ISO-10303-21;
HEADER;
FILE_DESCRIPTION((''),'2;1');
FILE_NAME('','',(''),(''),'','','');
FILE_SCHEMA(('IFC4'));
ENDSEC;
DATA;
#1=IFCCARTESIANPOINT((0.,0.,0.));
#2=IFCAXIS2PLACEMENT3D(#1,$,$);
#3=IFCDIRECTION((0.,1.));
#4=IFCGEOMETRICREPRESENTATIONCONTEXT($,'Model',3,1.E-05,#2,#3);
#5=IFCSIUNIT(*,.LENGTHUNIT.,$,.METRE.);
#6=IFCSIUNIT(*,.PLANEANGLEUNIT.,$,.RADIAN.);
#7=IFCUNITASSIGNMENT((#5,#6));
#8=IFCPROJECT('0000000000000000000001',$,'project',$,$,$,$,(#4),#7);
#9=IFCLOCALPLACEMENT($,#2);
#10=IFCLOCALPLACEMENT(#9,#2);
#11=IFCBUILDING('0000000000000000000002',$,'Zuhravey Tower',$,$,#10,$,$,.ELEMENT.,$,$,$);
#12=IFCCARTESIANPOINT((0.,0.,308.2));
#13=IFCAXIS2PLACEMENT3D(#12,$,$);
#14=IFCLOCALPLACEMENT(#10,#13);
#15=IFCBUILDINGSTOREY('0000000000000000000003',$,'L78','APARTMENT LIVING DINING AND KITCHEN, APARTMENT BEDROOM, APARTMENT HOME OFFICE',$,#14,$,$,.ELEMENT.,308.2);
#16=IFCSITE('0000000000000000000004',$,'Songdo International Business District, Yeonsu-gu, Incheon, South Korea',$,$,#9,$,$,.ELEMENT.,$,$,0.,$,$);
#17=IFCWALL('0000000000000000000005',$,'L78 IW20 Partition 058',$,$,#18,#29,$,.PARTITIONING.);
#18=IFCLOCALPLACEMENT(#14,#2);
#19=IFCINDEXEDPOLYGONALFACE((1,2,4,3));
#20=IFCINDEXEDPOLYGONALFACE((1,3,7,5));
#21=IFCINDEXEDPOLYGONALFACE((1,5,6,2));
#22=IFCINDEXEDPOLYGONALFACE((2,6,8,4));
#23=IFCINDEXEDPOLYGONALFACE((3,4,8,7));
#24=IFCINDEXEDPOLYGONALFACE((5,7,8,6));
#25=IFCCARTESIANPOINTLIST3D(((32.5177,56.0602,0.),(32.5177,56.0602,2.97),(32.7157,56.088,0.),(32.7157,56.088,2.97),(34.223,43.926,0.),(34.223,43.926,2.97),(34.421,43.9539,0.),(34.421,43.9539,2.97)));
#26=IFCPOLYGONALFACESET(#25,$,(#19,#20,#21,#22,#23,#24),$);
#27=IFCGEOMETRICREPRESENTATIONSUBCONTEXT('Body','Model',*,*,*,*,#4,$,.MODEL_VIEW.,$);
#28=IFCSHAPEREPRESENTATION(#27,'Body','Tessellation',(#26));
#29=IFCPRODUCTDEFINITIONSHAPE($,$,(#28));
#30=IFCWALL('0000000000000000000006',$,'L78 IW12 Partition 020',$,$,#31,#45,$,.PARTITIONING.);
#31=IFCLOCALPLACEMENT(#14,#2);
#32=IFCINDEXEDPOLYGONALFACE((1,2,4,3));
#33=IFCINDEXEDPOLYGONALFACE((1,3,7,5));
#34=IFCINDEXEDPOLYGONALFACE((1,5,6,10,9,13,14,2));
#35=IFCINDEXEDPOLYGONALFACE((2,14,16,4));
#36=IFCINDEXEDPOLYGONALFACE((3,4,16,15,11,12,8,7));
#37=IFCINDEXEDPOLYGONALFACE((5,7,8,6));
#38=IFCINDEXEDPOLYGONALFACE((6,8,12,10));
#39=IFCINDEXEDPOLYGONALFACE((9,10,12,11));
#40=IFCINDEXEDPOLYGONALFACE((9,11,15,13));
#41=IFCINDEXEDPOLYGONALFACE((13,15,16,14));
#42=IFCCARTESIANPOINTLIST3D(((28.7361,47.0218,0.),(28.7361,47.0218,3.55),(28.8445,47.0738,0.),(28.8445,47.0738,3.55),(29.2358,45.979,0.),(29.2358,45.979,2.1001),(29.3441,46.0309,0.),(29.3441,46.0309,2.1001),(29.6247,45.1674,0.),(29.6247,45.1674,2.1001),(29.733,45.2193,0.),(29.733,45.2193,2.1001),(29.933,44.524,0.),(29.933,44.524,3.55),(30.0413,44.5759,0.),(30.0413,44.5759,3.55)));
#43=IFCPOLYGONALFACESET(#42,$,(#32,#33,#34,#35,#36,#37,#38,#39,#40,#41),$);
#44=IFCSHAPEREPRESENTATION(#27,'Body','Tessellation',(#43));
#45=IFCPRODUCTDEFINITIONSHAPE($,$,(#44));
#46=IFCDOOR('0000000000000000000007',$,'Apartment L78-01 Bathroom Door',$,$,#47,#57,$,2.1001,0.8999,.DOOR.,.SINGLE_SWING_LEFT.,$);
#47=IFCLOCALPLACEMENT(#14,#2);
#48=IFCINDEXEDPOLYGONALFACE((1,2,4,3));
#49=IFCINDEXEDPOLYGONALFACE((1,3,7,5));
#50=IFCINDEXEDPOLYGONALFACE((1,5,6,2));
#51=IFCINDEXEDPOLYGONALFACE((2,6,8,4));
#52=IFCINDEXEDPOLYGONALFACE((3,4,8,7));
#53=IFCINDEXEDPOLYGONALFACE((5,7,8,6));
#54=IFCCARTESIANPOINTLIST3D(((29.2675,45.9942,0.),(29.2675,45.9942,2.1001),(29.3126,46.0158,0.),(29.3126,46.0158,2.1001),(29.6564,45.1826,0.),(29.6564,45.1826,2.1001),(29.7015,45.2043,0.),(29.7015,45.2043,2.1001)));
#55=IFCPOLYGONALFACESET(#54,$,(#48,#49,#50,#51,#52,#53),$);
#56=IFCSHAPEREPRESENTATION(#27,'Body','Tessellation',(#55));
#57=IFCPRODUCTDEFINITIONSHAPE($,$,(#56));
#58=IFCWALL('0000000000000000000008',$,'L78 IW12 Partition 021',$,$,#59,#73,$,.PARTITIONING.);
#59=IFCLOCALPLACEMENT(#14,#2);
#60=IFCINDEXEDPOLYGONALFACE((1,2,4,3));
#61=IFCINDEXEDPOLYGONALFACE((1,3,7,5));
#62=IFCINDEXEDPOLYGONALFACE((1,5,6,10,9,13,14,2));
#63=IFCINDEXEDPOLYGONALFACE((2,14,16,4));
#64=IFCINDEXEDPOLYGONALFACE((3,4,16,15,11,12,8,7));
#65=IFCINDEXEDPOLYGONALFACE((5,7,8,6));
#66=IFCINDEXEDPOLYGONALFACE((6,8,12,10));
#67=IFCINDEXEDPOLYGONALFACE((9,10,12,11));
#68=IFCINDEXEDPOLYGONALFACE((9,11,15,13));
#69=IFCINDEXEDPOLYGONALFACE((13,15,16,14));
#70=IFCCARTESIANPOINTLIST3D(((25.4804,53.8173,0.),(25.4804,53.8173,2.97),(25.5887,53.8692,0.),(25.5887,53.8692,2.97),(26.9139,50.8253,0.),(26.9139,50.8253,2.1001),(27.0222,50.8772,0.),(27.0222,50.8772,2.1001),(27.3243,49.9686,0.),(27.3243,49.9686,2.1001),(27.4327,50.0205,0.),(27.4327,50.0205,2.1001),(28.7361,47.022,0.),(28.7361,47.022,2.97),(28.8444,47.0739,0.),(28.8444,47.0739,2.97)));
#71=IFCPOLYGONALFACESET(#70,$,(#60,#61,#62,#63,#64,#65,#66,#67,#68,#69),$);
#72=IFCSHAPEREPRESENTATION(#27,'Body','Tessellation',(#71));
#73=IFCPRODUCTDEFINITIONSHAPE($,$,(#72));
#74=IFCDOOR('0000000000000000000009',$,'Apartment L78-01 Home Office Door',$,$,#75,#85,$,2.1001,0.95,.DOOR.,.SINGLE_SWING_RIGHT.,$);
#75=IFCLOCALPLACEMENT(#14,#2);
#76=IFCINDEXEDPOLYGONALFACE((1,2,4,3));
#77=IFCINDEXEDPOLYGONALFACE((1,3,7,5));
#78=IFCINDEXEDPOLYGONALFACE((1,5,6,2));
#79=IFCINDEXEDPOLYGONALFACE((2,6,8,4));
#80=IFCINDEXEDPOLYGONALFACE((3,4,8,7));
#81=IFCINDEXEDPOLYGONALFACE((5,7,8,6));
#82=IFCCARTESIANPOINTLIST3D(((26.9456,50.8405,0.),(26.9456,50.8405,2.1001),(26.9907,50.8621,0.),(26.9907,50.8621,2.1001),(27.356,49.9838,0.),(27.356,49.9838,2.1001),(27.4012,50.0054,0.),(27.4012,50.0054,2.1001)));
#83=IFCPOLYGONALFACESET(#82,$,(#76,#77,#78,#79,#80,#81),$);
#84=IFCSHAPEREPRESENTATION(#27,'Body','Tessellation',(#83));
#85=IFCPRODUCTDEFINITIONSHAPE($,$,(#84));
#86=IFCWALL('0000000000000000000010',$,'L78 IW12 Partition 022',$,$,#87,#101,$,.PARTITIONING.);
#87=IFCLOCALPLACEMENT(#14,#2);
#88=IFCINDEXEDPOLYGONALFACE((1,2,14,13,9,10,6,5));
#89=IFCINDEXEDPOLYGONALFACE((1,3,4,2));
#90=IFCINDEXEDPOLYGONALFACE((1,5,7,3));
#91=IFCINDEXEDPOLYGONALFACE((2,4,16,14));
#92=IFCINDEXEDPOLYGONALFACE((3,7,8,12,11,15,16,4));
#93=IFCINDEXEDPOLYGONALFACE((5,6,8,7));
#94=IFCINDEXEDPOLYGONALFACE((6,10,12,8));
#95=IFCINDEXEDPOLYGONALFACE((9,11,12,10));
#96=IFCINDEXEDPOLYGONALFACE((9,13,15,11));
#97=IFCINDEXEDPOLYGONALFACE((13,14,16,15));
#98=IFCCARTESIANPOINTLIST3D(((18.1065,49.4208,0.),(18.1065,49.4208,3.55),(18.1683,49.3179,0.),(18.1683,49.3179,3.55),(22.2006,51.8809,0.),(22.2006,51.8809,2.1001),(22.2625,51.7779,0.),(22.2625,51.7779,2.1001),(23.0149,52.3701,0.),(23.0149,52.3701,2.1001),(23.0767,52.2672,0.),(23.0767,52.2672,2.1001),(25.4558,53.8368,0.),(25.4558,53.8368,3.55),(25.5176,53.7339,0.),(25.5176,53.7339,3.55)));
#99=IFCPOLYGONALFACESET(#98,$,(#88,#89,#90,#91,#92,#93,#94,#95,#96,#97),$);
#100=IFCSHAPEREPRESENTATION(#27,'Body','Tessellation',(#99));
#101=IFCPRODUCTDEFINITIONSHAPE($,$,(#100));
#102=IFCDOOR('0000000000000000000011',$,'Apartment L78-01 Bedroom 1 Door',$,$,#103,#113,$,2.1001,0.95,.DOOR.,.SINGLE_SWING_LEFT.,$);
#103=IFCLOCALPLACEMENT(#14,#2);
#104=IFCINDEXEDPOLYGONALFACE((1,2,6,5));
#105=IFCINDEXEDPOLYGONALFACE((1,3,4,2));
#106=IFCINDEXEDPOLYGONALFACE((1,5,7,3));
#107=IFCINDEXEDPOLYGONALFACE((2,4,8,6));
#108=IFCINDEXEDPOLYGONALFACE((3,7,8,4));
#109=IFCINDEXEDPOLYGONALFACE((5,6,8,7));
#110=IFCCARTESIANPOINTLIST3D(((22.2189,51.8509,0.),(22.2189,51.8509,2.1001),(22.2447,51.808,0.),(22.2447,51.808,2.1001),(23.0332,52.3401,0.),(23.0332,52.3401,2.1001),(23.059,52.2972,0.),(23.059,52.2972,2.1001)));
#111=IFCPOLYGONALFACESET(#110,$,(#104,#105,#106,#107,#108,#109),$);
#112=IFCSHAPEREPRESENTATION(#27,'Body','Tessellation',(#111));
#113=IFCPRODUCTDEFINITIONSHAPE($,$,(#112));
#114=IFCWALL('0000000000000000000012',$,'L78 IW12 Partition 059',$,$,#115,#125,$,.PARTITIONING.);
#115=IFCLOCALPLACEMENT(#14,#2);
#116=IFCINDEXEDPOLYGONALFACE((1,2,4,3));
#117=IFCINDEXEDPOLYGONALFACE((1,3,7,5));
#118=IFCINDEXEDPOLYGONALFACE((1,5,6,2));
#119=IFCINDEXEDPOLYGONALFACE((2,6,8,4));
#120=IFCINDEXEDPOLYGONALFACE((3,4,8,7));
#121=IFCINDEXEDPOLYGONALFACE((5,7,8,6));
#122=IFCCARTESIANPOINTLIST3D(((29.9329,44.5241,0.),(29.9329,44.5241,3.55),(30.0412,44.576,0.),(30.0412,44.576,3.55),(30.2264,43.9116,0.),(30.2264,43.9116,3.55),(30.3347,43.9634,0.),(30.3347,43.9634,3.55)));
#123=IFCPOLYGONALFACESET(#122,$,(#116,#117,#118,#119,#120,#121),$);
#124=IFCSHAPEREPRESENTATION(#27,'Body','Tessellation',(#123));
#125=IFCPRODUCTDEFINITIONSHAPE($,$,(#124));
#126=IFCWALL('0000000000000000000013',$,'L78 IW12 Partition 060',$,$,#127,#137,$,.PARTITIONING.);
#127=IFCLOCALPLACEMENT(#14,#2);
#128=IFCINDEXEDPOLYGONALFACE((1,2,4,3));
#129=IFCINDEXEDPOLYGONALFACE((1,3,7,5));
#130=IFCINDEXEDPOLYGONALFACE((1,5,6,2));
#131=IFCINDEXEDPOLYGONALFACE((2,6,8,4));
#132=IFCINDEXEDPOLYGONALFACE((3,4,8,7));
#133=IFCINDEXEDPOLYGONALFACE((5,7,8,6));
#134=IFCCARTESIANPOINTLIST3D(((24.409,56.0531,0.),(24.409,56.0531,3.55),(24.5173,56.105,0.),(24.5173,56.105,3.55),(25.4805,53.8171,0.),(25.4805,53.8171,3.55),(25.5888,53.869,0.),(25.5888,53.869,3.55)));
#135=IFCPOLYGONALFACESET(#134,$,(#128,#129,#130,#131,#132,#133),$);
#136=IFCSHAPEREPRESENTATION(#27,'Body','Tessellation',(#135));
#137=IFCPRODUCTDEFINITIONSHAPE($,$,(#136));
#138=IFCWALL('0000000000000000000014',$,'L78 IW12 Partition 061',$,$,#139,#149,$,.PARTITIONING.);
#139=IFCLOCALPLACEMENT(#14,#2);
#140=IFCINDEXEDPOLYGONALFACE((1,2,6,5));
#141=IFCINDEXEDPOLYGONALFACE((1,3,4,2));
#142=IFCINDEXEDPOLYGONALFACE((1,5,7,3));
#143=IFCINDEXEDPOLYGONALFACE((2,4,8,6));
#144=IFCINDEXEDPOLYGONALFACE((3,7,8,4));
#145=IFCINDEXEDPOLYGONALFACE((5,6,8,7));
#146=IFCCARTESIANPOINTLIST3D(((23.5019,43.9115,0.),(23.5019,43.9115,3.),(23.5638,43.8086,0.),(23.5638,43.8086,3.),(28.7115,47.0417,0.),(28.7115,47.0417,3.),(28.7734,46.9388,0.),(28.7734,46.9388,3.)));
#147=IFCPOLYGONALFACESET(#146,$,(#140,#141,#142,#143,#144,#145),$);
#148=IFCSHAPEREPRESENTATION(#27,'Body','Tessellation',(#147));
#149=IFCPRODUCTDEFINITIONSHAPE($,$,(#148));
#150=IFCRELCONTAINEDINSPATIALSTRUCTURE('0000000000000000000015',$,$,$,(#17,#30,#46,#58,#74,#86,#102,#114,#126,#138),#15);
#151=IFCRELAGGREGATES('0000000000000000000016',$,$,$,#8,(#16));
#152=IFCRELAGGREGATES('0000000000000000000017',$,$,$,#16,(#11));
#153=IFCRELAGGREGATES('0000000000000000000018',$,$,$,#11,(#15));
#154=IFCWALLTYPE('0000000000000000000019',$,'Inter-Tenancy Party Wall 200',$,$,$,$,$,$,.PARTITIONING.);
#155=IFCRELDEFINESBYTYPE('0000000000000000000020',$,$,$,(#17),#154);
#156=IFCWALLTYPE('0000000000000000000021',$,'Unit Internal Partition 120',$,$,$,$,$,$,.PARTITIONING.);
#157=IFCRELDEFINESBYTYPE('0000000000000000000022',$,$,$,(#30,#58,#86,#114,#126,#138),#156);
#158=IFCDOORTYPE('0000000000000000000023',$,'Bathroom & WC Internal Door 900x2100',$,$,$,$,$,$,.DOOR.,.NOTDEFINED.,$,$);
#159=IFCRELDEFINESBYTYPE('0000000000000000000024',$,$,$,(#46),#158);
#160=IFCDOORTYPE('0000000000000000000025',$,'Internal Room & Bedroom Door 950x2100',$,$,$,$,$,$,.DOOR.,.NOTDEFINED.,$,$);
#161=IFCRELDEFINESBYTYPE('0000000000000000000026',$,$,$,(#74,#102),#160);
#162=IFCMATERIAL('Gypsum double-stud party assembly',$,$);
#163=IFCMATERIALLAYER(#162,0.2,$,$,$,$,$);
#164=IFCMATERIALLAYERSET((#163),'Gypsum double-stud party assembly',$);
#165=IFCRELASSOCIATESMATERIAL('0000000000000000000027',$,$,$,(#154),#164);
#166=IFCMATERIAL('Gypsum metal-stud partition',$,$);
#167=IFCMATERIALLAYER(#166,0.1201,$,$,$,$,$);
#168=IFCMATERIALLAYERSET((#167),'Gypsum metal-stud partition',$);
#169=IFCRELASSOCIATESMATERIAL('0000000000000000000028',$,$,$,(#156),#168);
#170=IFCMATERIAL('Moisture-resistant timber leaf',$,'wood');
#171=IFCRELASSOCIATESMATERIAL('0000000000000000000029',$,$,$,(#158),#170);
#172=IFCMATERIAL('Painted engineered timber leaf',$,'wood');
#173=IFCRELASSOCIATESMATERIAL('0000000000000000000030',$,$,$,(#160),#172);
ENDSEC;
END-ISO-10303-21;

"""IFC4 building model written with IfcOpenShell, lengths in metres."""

from ifc_helpers import new_model, si_unit, direction, frame, frame_2d, origin, place, context, subcontext, project, spatial, rectangle, extrude, material, layer, layer_set, type_object, element, fill, save


model = new_model("IFC4")

# Units and contexts
model_context = context("Model", 3, precision=1e-05, world=origin(), true_north=direction((0.0, 1.0)))
body_context = subcontext(model_context, "Body", "Model", "MODEL_VIEW")
ifc_project = project(units=[si_unit("LENGTHUNIT", "METRE"), si_unit("PLANEANGLEUNIT", "RADIAN")], contexts=[model_context])

# Site, building, storey
site_placement = place(None, origin())
site = spatial("IfcSite", under=ifc_project, at=site_placement, Name="Songdo International Business District, Yeonsu-gu, Incheon, South Korea", CompositionType="ELEMENT", RefElevation=0.0)
building_placement = place(site_placement, origin())
building = spatial("IfcBuilding", under=site, at=building_placement, Name="Zuhravey Tower", CompositionType="ELEMENT")
storey_placement = place(building_placement, frame((0.0, 0.0, 308.2)))
storey = spatial("IfcBuildingStorey", under=building, at=storey_placement, Name="L78", Description="APARTMENT LIVING DINING AND KITCHEN, APARTMENT BEDROOM, APARTMENT HOME OFFICE", CompositionType="ELEMENT", Elevation=308.2)

# Wall
ifc_material_1 = material(Name="Gypsum double-stud party assembly")
ifc_layer_1 = layer(ifc_material_1, 0.2)
ifc_layer_set_1 = layer_set([ifc_layer_1], Name="Gypsum double-stud party assembly")
wall_type_1 = type_object("IfcWallType", Name="Inter-Tenancy Party Wall 200", PredefinedType="PARTITIONING", material=ifc_layer_set_1)
wall_1_placement = place(storey_placement, frame((34.322, 43.9399, 0.0), z_axis=(0.0, 0.0, 1.0), x_axis=(-0.13917, 0.990269, 0.0)))
element("IfcWall", 1, at=wall_1_placement, inside=storey, type_object=wall_type_1, Name="L78 IW20 Partition 058", PredefinedType="PARTITIONING", context=body_context, shape_type="SweptSolid", body=[
    extrude(rectangle(XDim=12.2534, YDim=0.2, at=frame_2d((6.1267, 0.0))), origin(), (0.0, 0.0, 1.0), 2.97),
])

# Walls, openings, doors
ifc_material_2 = material(Name="Gypsum metal-stud partition")
ifc_layer_2 = layer(ifc_material_2, 0.1201)
ifc_layer_set_2 = layer_set([ifc_layer_2], Name="Gypsum metal-stud partition")
wall_type_2 = type_object("IfcWallType", Name="Unit Internal Partition 120", PredefinedType="PARTITIONING", material=ifc_layer_set_2)
wall_2_placement = place(storey_placement, frame((29.9871, 44.55, 0.0), z_axis=(0.0, 0.0, 1.0), x_axis=(-0.432095, 0.901828, 0.0)))
wall_2 = element("IfcWall", 2, at=wall_2_placement, inside=storey, type_object=wall_type_2, Name="L78 IW12 Partition 020", PredefinedType="PARTITIONING", context=body_context, shape_type="SweptSolid", body=[
    extrude(rectangle(XDim=2.7698, YDim=0.1201, at=frame_2d((1.3848, 0.0))), origin(), (0.0, 0.0, 1.0), 3.55),
])
opening_1_placement = place(wall_2_placement, frame((0.7134, 0.0, 0.0)))
opening_1 = element("IfcOpeningElement", 3, at=opening_1_placement, cuts=wall_2, PredefinedType="OPENING", context=body_context, shape_type="SweptSolid", body=[
    extrude(rectangle(XDim=0.8999, YDim=2.1001, at=frame_2d((0.45, 1.05))), frame((0.0, 0.072, 0.0), z_axis=(0.0, -1.0, 0.0), x_axis=(1.0, 0.0, 0.0)), (0.0, 0.0, 1.0), 0.144),
])
ifc_material_3 = material(Name="Moisture-resistant timber leaf", Category="wood")
door_type_1 = type_object("IfcDoorType", Name="Bathroom & WC Internal Door 900x2100", OperationType="NOTDEFINED", PredefinedType="DOOR", material=ifc_material_3)
door_1_placement = place(opening_1_placement, origin())
door_1 = element("IfcDoor", 4, at=door_1_placement, inside=storey, type_object=door_type_1, Name="Apartment L78-01 Bathroom Door", OperationType="SINGLE_SWING_LEFT", OverallHeight=2.1001, OverallWidth=0.8999, PredefinedType="DOOR", context=body_context, shape_type="SweptSolid", body=[
    extrude(rectangle(XDim=0.8999, YDim=2.1001, at=frame_2d((0.45, 1.05))), frame((0.0, 0.0249, 0.0), z_axis=(0.0, -1.0, 0.0), x_axis=(1.0, 0.0, 0.0)), (0.0, 0.0, 1.0), 0.05),
])
fill(opening_1, door_1)
wall_3_placement = place(storey_placement, frame((28.7903, 47.0479, 0.0), z_axis=(0.0, 0.0, 1.0), x_axis=(-0.432077, 0.901837, 0.0)))
wall_3 = element("IfcWall", 5, at=wall_3_placement, inside=storey, type_object=wall_type_2, Name="L78 IW12 Partition 021", PredefinedType="PARTITIONING", context=body_context, shape_type="SweptSolid", body=[
    extrude(rectangle(XDim=7.5349, YDim=0.1201, at=frame_2d((3.7676, 0.0))), origin(), (0.0, 0.0, 1.0), 2.97),
])
opening_2_placement = place(wall_3_placement, frame((3.2673, 0.0, 0.0)))
opening_2 = element("IfcOpeningElement", 6, at=opening_2_placement, cuts=wall_3, PredefinedType="OPENING", context=body_context, shape_type="SweptSolid", body=[
    extrude(rectangle(XDim=0.95, YDim=2.1001, at=frame_2d((0.4751, 1.05))), frame((0.0, 0.072, 0.0), z_axis=(0.0, -1.0, 0.0), x_axis=(1.0, 0.0, 0.0)), (0.0, 0.0, 1.0), 0.144),
])
ifc_material_4 = material(Name="Painted engineered timber leaf", Category="wood")
door_type_2 = type_object("IfcDoorType", Name="Internal Room & Bedroom Door 950x2100", OperationType="NOTDEFINED", PredefinedType="DOOR", material=ifc_material_4)
door_2_placement = place(opening_2_placement, origin())
door_2 = element("IfcDoor", 7, at=door_2_placement, inside=storey, type_object=door_type_2, Name="Apartment L78-01 Home Office Door", OperationType="SINGLE_SWING_RIGHT", OverallHeight=2.1001, OverallWidth=0.95, PredefinedType="DOOR", context=body_context, shape_type="SweptSolid", body=[
    extrude(rectangle(XDim=0.95, YDim=2.1001, at=frame_2d((0.4751, 1.05))), frame((0.0, 0.0249, 0.0), z_axis=(0.0, -1.0, 0.0), x_axis=(1.0, 0.0, 0.0)), (0.0, 0.0, 1.0), 0.05),
])
fill(opening_2, door_2)
wall_4_placement = place(storey_placement, frame((25.4868, 53.7854, 0.0), z_axis=(0.0, 0.0, 1.0), x_axis=(-0.857164, -0.515044, 0.0)))
wall_4 = element("IfcWall", 8, at=wall_4_placement, inside=storey, type_object=wall_type_2, Name="L78 IW12 Partition 022", PredefinedType="PARTITIONING", context=body_context, shape_type="SweptSolid", body=[
    extrude(rectangle(XDim=8.574, YDim=0.1201, at=frame_2d((4.2871, 0.0))), origin(), (0.0, 0.0, 1.0), 3.55),
])
opening_3_placement = place(wall_4_placement, frame((2.8477, 0.0, 0.0)))
opening_3 = element("IfcOpeningElement", 9, at=opening_3_placement, cuts=wall_4, PredefinedType="OPENING", context=body_context, shape_type="SweptSolid", body=[
    extrude(rectangle(XDim=0.95, YDim=2.1001, at=frame_2d((0.4751, 1.05))), frame((0.0, 0.072, 0.0), z_axis=(0.0, -1.0, 0.0), x_axis=(1.0, 0.0, 0.0)), (0.0, 0.0, 1.0), 0.144),
])
door_3_placement = place(opening_3_placement, frame((0.95, 0.0, 0.0), z_axis=(0.0, 0.0, 1.0), x_axis=(-1.0, 0.0, 0.0)))
door_3 = element("IfcDoor", 10, at=door_3_placement, inside=storey, type_object=door_type_2, Name="Apartment L78-01 Bedroom 1 Door", OperationType="SINGLE_SWING_LEFT", OverallHeight=2.1001, OverallWidth=0.95, PredefinedType="DOOR", context=body_context, shape_type="SweptSolid", body=[
    extrude(rectangle(XDim=0.95, YDim=2.1001, at=frame_2d((0.4751, 1.05))), frame((0.0, 0.0249, 0.0), z_axis=(0.0, -1.0, 0.0), x_axis=(1.0, 0.0, 0.0)), (0.0, 0.0, 1.0), 0.05),
])
fill(opening_3, door_3)

# Walls
wall_5_placement = place(storey_placement, frame((30.2805, 43.9375, 0.0), z_axis=(0.0, 0.0, 1.0), x_axis=(-0.432053, 0.901848, 0.0)))
element("IfcWall", 11, at=wall_5_placement, inside=storey, type_object=wall_type_2, Name="L78 IW12 Partition 059", PredefinedType="PARTITIONING", context=body_context, shape_type="SweptSolid", body=[
    extrude(rectangle(XDim=0.6792, YDim=0.1201, at=frame_2d((0.3396, 0.0))), origin(), (0.0, 0.0, 1.0), 3.55),
])
wall_6_placement = place(storey_placement, frame((25.5347, 53.843, 0.0), z_axis=(0.0, 0.0, 1.0), x_axis=(-0.432145, 0.901804, 0.0)))
element("IfcWall", 12, at=wall_6_placement, inside=storey, type_object=wall_type_2, Name="L78 IW12 Partition 060", PredefinedType="PARTITIONING", context=body_context, shape_type="SweptSolid", body=[
    extrude(rectangle(XDim=2.4795, YDim=0.1201, at=frame_2d((1.2397, 0.0))), origin(), (0.0, 0.0, 1.0), 3.55),
])
wall_7_placement = place(storey_placement, frame((28.7424, 46.9902, 0.0), z_axis=(0.0, 0.0, 1.0), x_axis=(-0.85717, -0.515033, 0.0)))
element("IfcWall", 13, at=wall_7_placement, inside=storey, type_object=wall_type_2, Name="L78 IW12 Partition 061", PredefinedType="PARTITIONING", context=body_context, shape_type="SweptSolid", body=[
    extrude(rectangle(XDim=6.0776, YDim=0.1201, at=frame_2d((3.0388, 0.0))), origin(), (0.0, 0.0, 1.0), 3.0),
])

save(model, "model.ifc")
